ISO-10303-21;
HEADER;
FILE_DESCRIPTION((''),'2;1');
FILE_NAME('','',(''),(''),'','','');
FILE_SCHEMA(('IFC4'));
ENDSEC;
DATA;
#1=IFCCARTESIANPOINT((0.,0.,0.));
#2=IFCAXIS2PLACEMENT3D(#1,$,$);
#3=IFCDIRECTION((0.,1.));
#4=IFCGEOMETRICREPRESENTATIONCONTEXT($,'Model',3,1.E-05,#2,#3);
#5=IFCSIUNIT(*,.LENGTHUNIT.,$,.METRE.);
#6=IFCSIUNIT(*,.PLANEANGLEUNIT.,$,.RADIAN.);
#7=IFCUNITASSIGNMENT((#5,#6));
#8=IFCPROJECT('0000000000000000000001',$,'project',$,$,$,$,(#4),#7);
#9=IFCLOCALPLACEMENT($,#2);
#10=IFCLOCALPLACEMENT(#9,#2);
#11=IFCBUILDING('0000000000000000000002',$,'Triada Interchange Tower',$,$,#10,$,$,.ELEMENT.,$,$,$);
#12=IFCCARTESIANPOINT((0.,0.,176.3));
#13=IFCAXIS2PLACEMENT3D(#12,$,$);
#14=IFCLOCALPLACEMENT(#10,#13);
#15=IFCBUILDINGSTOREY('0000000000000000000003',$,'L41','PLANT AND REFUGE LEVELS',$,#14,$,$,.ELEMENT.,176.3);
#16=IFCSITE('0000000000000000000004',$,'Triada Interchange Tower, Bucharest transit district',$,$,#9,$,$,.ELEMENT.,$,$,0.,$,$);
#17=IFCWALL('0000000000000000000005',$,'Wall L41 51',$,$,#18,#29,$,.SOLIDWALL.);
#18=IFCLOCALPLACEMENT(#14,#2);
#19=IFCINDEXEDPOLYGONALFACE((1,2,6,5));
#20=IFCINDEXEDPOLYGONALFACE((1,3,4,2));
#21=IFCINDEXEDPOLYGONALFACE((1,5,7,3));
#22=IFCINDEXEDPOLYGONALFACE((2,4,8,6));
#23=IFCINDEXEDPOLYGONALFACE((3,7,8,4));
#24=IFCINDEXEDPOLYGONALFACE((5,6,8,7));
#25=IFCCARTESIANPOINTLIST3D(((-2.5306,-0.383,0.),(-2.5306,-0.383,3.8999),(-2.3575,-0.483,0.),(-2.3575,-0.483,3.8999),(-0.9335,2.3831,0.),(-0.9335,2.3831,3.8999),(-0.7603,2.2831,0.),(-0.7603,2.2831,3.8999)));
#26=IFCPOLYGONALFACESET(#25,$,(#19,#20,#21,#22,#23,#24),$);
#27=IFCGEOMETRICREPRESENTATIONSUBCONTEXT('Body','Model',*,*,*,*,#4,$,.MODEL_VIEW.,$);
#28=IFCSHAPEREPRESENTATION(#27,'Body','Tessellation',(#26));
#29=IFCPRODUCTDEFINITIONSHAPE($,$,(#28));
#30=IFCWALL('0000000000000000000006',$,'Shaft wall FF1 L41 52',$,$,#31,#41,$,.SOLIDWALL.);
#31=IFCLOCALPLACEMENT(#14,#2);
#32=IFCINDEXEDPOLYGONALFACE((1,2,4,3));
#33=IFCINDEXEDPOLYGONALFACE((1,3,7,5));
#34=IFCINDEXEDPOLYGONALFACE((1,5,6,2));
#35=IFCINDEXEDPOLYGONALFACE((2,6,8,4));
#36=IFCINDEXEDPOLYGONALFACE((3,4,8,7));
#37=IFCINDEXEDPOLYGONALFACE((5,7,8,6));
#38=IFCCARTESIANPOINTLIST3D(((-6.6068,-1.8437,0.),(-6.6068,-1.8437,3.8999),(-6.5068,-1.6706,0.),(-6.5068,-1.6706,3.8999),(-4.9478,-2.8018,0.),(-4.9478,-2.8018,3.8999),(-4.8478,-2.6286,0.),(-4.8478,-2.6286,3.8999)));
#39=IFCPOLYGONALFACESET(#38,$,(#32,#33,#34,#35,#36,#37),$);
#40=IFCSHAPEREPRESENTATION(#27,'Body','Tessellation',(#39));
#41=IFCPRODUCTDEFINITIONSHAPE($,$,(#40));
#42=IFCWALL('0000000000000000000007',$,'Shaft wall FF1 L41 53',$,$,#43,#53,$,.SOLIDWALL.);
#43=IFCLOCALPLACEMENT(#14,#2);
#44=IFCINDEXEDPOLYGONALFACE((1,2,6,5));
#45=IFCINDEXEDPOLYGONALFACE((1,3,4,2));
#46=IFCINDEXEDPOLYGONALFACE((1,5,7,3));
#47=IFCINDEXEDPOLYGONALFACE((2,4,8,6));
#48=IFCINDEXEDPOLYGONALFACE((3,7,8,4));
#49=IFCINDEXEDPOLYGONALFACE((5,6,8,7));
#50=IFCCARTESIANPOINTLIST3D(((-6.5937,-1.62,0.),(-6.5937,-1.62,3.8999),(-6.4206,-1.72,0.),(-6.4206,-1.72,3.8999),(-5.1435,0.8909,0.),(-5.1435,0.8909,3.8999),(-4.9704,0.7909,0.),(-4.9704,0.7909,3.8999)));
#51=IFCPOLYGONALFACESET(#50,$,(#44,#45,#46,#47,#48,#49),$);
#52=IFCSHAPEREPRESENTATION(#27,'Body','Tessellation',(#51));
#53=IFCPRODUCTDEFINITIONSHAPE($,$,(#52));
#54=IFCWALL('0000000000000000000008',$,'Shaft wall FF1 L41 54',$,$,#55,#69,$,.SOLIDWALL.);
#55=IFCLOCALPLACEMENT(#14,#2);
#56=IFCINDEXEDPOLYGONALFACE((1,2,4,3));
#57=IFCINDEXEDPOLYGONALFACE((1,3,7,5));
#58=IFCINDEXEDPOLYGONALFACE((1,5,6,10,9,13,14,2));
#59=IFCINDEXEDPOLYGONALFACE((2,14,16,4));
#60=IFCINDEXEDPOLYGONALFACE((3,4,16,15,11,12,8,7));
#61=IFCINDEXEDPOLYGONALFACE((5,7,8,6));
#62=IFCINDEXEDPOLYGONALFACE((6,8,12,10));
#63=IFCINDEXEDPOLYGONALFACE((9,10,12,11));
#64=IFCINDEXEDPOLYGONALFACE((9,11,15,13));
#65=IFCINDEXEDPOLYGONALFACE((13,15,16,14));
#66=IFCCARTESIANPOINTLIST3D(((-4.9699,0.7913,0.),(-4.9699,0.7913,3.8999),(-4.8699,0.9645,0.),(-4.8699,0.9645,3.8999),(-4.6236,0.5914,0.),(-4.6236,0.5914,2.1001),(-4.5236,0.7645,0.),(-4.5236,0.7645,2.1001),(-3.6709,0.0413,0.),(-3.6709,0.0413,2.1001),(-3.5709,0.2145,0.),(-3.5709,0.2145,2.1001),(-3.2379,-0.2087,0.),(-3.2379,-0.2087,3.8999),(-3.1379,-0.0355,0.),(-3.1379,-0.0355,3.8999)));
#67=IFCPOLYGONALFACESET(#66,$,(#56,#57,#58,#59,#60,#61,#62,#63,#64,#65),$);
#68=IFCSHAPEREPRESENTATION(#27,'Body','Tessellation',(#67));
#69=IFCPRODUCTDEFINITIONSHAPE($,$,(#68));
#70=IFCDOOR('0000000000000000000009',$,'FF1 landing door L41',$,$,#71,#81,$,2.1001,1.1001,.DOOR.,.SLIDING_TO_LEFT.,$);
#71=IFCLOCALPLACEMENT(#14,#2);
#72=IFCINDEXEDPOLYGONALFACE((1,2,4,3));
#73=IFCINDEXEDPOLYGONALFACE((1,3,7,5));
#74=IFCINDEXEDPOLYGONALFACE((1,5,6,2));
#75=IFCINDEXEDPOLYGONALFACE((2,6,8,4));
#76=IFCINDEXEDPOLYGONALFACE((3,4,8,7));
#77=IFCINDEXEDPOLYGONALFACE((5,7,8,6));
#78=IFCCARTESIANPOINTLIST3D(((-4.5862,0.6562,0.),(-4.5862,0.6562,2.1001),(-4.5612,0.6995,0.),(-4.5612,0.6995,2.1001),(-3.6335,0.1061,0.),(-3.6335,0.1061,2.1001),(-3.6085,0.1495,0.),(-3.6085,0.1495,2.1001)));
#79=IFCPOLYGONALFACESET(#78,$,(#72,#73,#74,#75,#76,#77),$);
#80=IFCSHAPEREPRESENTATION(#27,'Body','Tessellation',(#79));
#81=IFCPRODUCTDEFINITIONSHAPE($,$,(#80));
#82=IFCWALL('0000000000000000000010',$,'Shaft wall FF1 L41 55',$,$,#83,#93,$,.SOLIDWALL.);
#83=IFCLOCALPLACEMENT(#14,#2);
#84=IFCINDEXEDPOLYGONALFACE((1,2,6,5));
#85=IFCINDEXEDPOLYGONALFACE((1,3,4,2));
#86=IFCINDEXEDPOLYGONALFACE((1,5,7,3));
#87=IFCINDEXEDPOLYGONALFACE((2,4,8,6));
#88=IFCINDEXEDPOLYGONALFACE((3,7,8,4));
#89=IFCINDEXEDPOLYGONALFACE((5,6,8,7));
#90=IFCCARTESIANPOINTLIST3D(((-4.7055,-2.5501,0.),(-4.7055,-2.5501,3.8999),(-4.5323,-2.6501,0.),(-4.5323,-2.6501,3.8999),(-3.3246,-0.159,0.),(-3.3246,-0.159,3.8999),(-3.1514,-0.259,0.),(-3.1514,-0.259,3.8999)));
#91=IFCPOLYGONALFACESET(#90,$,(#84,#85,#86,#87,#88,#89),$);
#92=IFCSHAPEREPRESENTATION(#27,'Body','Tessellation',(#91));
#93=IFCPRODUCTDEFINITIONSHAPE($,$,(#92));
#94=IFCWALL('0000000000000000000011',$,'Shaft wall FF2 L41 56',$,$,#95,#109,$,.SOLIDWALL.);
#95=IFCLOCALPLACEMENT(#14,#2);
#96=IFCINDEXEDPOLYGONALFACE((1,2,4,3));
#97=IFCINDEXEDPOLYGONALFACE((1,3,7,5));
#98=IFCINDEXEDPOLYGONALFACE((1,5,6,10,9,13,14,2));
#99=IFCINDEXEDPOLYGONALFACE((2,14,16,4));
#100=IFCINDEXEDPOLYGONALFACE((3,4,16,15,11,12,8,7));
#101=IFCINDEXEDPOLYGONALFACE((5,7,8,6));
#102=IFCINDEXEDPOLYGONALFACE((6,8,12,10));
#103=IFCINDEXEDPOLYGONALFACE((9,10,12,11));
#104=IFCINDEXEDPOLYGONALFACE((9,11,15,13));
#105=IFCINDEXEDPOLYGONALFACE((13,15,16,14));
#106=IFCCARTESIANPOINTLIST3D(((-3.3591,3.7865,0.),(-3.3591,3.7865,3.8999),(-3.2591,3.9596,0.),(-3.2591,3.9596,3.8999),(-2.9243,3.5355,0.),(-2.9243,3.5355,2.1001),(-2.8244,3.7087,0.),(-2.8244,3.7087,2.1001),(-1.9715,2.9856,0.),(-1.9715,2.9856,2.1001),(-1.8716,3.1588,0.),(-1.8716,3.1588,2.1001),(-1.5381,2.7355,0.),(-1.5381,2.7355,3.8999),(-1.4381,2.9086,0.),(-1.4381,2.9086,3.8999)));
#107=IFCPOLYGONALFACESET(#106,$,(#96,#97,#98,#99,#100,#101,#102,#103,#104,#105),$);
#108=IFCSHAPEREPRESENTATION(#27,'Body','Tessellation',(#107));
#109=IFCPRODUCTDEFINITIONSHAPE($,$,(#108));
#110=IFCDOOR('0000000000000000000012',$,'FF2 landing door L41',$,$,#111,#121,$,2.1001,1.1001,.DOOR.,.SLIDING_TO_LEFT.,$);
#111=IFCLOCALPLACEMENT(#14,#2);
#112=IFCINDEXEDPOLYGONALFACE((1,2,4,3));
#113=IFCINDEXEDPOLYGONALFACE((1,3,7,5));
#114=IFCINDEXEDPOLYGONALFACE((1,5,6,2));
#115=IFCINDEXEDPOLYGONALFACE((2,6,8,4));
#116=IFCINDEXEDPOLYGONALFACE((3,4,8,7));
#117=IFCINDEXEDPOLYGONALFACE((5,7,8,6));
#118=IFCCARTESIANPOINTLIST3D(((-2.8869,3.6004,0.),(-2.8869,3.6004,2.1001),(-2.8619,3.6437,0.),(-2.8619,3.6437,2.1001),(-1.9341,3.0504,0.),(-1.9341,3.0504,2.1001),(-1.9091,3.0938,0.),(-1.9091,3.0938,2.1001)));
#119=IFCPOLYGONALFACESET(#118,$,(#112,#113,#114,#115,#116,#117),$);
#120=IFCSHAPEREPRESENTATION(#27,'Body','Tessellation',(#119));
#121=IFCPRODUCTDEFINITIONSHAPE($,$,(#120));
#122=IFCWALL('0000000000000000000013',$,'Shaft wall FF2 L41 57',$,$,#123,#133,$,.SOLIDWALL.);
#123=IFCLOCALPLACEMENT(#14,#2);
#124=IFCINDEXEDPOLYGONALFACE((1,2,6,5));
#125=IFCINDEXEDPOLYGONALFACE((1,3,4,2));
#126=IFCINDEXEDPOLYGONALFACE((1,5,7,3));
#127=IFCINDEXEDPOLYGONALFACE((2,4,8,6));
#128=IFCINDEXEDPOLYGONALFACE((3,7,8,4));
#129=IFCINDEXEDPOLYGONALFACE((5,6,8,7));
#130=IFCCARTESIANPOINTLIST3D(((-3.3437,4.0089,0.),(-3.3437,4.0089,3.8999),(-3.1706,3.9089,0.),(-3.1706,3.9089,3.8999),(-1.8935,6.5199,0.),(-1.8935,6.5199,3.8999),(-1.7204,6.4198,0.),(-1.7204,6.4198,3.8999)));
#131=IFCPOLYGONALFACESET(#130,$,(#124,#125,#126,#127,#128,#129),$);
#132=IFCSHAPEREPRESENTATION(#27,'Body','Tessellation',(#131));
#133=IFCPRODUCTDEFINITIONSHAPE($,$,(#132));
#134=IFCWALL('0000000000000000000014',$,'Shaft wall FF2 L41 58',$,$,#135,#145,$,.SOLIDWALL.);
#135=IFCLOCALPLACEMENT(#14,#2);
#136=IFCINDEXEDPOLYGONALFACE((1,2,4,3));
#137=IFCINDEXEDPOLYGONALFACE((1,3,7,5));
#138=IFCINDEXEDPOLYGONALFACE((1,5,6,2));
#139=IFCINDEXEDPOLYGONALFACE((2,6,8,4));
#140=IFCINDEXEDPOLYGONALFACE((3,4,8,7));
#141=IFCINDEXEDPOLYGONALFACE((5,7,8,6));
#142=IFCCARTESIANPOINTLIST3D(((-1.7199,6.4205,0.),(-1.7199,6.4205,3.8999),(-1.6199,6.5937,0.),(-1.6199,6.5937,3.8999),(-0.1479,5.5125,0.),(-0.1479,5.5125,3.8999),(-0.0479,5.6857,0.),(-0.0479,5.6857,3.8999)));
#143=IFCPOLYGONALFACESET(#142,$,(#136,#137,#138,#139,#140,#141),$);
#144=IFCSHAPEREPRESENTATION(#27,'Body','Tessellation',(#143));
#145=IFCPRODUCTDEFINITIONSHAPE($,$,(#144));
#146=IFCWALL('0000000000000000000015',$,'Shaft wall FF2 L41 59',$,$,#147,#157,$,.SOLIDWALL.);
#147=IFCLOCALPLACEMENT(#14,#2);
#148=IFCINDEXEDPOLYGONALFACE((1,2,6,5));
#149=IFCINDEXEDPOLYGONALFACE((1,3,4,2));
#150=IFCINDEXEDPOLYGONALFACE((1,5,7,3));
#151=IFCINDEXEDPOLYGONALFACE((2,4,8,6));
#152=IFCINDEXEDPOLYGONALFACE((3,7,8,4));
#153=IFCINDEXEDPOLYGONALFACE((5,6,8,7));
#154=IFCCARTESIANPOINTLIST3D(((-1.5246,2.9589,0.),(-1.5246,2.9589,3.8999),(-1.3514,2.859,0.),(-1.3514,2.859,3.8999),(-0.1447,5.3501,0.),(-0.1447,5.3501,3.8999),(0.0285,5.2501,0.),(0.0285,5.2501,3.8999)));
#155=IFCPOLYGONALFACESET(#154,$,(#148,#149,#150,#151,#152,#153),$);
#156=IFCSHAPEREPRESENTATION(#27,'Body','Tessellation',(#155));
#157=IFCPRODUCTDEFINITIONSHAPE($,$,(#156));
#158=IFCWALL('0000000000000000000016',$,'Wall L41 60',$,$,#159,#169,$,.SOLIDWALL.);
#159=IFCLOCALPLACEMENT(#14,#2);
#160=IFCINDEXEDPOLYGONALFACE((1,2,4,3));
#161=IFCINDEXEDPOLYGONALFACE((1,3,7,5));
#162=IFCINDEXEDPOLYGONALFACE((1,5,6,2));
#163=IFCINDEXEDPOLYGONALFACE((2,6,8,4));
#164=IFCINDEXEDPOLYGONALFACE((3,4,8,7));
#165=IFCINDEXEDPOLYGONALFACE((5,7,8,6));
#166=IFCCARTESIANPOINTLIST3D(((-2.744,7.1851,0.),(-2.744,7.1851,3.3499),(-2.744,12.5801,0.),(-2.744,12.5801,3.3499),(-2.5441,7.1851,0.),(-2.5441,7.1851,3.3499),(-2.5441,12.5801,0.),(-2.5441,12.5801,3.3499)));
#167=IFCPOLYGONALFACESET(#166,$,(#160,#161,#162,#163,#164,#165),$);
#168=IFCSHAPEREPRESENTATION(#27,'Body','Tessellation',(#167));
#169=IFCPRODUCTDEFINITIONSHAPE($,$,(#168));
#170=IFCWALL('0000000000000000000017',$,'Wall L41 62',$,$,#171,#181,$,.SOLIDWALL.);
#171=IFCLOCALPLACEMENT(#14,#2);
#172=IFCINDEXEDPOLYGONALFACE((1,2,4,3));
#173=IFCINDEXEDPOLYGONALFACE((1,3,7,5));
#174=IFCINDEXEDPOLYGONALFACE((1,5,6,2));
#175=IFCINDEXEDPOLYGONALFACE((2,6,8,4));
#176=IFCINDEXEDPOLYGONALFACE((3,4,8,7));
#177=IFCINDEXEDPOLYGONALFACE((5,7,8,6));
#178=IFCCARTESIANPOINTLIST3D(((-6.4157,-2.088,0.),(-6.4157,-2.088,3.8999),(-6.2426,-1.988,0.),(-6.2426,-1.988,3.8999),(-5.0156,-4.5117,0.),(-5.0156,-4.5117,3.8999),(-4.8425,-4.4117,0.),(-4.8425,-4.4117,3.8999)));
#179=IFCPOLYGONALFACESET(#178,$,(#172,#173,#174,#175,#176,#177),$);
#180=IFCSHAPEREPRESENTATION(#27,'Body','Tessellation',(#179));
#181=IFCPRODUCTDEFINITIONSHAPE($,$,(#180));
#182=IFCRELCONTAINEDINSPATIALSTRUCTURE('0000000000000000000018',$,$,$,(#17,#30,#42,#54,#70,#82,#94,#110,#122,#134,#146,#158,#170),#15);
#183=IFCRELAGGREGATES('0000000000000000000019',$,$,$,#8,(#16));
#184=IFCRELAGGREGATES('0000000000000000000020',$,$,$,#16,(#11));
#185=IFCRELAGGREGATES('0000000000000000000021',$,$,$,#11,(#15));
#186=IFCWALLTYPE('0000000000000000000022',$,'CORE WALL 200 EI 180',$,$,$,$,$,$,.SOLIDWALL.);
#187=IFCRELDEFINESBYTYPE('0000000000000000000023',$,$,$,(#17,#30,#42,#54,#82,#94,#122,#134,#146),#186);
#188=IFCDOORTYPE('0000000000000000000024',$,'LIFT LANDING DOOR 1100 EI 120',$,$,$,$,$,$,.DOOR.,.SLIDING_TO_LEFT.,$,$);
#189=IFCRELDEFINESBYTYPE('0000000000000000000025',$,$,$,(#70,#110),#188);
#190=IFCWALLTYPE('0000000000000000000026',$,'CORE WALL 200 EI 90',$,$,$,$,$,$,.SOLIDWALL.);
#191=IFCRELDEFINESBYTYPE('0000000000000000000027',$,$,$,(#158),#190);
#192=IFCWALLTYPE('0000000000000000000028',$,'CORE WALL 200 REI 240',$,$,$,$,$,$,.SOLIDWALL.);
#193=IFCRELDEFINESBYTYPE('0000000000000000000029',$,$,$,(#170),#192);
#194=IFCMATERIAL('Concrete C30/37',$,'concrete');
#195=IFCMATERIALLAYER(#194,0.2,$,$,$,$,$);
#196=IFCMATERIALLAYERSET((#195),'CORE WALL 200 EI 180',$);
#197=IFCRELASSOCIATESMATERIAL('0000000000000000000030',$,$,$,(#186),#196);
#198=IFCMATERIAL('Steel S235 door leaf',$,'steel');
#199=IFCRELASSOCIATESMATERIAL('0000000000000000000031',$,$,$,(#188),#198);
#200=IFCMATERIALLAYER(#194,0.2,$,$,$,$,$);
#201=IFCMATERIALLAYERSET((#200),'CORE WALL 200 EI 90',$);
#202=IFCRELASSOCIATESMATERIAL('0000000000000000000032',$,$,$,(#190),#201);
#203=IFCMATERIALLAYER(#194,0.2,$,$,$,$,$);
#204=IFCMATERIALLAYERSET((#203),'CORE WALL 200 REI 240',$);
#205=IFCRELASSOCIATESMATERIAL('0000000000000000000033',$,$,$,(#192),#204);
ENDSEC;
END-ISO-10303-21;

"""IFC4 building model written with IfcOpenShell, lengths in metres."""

from ifc_helpers import new_model, si_unit, direction, frame, frame_2d, origin, place, context, subcontext, project, spatial, rectangle, extrude, material, layer, layer_set, type_object, element, fill, save


model = new_model("IFC4")

# Units and contexts
model_context = context("Model", 3, precision=1e-05, world=origin(), true_north=direction((0.0, 1.0)))
body_context = subcontext(model_context, "Body", "Model", "MODEL_VIEW")
ifc_project = project(units=[si_unit("LENGTHUNIT", "METRE"), si_unit("PLANEANGLEUNIT", "RADIAN")], contexts=[model_context])

# Site, building, storey
site_placement = place(None, origin())
site = spatial("IfcSite", under=ifc_project, at=site_placement, Name="Triada Interchange Tower, Bucharest transit district", CompositionType="ELEMENT", RefElevation=0.0)
building_placement = place(site_placement, origin())
building = spatial("IfcBuilding", under=site, at=building_placement, Name="Triada Interchange Tower", CompositionType="ELEMENT")
storey_placement = place(building_placement, frame((0.0, 0.0, 176.3)))
storey = spatial("IfcBuildingStorey", under=building, at=storey_placement, Name="L41", Description="PLANT AND REFUGE LEVELS", CompositionType="ELEMENT", Elevation=176.3)

# Shared definitions
ifc_material_1 = material(Name="Concrete C30/37", Category="concrete")

# Shared definitions
ifc_layer_1 = layer(ifc_material_1, 0.2)
ifc_layer_set_1 = layer_set([ifc_layer_1], Name="CORE WALL 200 EI 180")
wall_type_1 = type_object("IfcWallType", Name="CORE WALL 200 EI 180", PredefinedType="SOLIDWALL", material=ifc_layer_set_1)
ifc_material_2 = material(Name="Steel S235 door leaf", Category="steel")
door_type_1 = type_object("IfcDoorType", Name="LIFT LANDING DOOR 1100 EI 120", OperationType="SLIDING_TO_LEFT", PredefinedType="DOOR", material=ifc_material_2)

# Walls
wall_1_placement = place(storey_placement, frame((-2.4441, -0.4331, 0.0), z_axis=(0.0, 0.0, 1.0), x_axis=(0.500036, 0.866005, 0.0)))
element("IfcWall", 1, at=wall_1_placement, inside=storey, type_object=wall_type_1, Name="Wall L41 51", PredefinedType="SOLIDWALL", context=body_context, shape_type="SweptSolid", body=[
    extrude(rectangle(XDim=3.1941, YDim=0.2, at=frame_2d((1.5972, 0.0))), origin(), (0.0, 0.0, 1.0), 3.8999),
])
wall_2_placement = place(storey_placement, frame((-6.5569, -1.7571, 0.0), z_axis=(0.0, 0.0, 1.0), x_axis=(0.865975, -0.500086, 0.0)))
element("IfcWall", 2, at=wall_2_placement, inside=storey, type_object=wall_type_1, Name="Shaft wall FF1 L41 52", PredefinedType="SOLIDWALL", context=body_context, shape_type="SweptSolid", body=[
    extrude(rectangle(XDim=1.9158, YDim=0.2, at=frame_2d((0.958, 0.0))), origin(), (0.0, 0.0, 1.0), 3.8999),
])
wall_3_placement = place(storey_placement, frame((-6.5071, -1.6699, 0.0), z_axis=(0.0, 0.0, 1.0), x_axis=(0.500123, 0.865954, 0.0)))
element("IfcWall", 3, at=wall_3_placement, inside=storey, type_object=wall_type_1, Name="Shaft wall FF1 L41 53", PredefinedType="SOLIDWALL", context=body_context, shape_type="SweptSolid", body=[
    extrude(rectangle(XDim=2.8997, YDim=0.2, at=frame_2d((1.4497, 0.0))), origin(), (0.0, 0.0, 1.0), 3.8999),
])

# Wall, opening, door
wall_4_placement = place(storey_placement, frame((-4.9199, 0.8779, 0.0), z_axis=(0.0, 0.0, 1.0), x_axis=(0.866011, -0.500025, 0.0)))
wall_4 = element("IfcWall", 4, at=wall_4_placement, inside=storey, type_object=wall_type_1, Name="Shaft wall FF1 L41 54", PredefinedType="SOLIDWALL", context=body_context, shape_type="SweptSolid", body=[
    extrude(rectangle(XDim=2.0, YDim=0.2, at=frame_2d((1.0, 0.0))), origin(), (0.0, 0.0, 1.0), 3.8999),
])
opening_1_placement = place(wall_4_placement, frame((0.3999, 0.0, 0.0)))
opening_1 = element("IfcOpeningElement", 5, at=opening_1_placement, cuts=wall_4, PredefinedType="OPENING", context=body_context, shape_type="SweptSolid", body=[
    extrude(rectangle(XDim=1.1001, YDim=2.1001, at=frame_2d((0.55, 1.05))), frame((0.0, 0.1099, 0.0), z_axis=(0.0, -1.0, 0.0), x_axis=(1.0, 0.0, 0.0)), (0.0, 0.0, 1.0), 0.22),
])
door_1_placement = place(opening_1_placement, origin())
door_1 = element("IfcDoor", 6, at=door_1_placement, inside=storey, type_object=door_type_1, Name="FF1 landing door L41", OperationType="SLIDING_TO_LEFT", OverallHeight=2.1001, OverallWidth=1.1001, PredefinedType="DOOR", context=body_context, shape_type="SweptSolid", body=[
    extrude(rectangle(XDim=1.1001, YDim=2.1001, at=frame_2d((0.55, 1.05))), frame((0.0, 0.0249, 0.0), z_axis=(0.0, -1.0, 0.0), x_axis=(1.0, 0.0, 0.0)), (0.0, 0.0, 1.0), 0.05),
])
fill(opening_1, door_1)

# Wall
wall_5_placement = place(storey_placement, frame((-4.6189, -2.6001, 0.0), z_axis=(0.0, 0.0, 1.0), x_axis=(0.500095, 0.865971, 0.0)))
element("IfcWall", 7, at=wall_5_placement, inside=storey, type_object=wall_type_1, Name="Shaft wall FF1 L41 55", PredefinedType="SOLIDWALL", context=body_context, shape_type="SweptSolid", body=[
    extrude(rectangle(XDim=2.7612, YDim=0.2, at=frame_2d((1.3806, 0.0))), origin(), (0.0, 0.0, 1.0), 3.8999),
])

# Wall, opening, door
wall_6_placement = place(storey_placement, frame((-3.3091, 3.873, 0.0), z_axis=(0.0, 0.0, 1.0), x_axis=(0.866099, -0.499873, 0.0)))
wall_6 = element("IfcWall", 8, at=wall_6_placement, inside=storey, type_object=wall_type_1, Name="Shaft wall FF2 L41 56", PredefinedType="SOLIDWALL", context=body_context, shape_type="SweptSolid", body=[
    extrude(rectangle(XDim=2.1025, YDim=0.2, at=frame_2d((1.0513, 0.0))), origin(), (0.0, 0.0, 1.0), 3.8999),
])
opening_2_placement = place(wall_6_placement, frame((0.502, 0.0, 0.0)))
opening_2 = element("IfcOpeningElement", 9, at=opening_2_placement, cuts=wall_6, PredefinedType="OPENING", context=body_context, shape_type="SweptSolid", body=[
    extrude(rectangle(XDim=1.1001, YDim=2.1001, at=frame_2d((0.55, 1.05))), frame((0.0, 0.1099, 0.0), z_axis=(0.0, -1.0, 0.0), x_axis=(1.0, 0.0, 0.0)), (0.0, 0.0, 1.0), 0.22),
])
door_2_placement = place(opening_2_placement, origin())
door_2 = element("IfcDoor", 10, at=door_2_placement, inside=storey, type_object=door_type_1, Name="FF2 landing door L41", OperationType="SLIDING_TO_LEFT", OverallHeight=2.1001, OverallWidth=1.1001, PredefinedType="DOOR", context=body_context, shape_type="SweptSolid", body=[
    extrude(rectangle(XDim=1.1001, YDim=2.1001, at=frame_2d((0.55, 1.05))), frame((0.0, 0.0249, 0.0), z_axis=(0.0, -1.0, 0.0), x_axis=(1.0, 0.0, 0.0)), (0.0, 0.0, 1.0), 0.05),
])
fill(opening_2, door_2)

# Walls
wall_7_placement = place(storey_placement, frame((-3.2571, 3.959, 0.0), z_axis=(0.0, 0.0, 1.0), x_axis=(0.500123, 0.865954, 0.0)))
element("IfcWall", 11, at=wall_7_placement, inside=storey, type_object=wall_type_1, Name="Shaft wall FF2 L41 57", PredefinedType="SOLIDWALL", context=body_context, shape_type="SweptSolid", body=[
    extrude(rectangle(XDim=2.8997, YDim=0.2, at=frame_2d((1.4497, 0.0))), origin(), (0.0, 0.0, 1.0), 3.8999),
])
wall_8_placement = place(storey_placement, frame((-1.6699, 6.5071, 0.0), z_axis=(0.0, 0.0, 1.0), x_axis=(0.865941, -0.500145, 0.0)))
element("IfcWall", 12, at=wall_8_placement, inside=storey, type_object=wall_type_1, Name="Shaft wall FF2 L41 58", PredefinedType="SOLIDWALL", context=body_context, shape_type="SweptSolid", body=[
    extrude(rectangle(XDim=1.8154, YDim=0.2, at=frame_2d((0.9077, 0.0))), origin(), (0.0, 0.0, 1.0), 3.8999),
])
wall_9_placement = place(storey_placement, frame((-1.438, 2.9089, 0.0), z_axis=(0.0, 0.0, 1.0), x_axis=(0.49983, 0.866124, 0.0)))
element("IfcWall", 13, at=wall_9_placement, inside=storey, type_object=wall_type_1, Name="Shaft wall FF2 L41 59", PredefinedType="SOLIDWALL", context=body_context, shape_type="SweptSolid", body=[
    extrude(rectangle(XDim=2.7607, YDim=0.2, at=frame_2d((1.3804, 0.0))), origin(), (0.0, 0.0, 1.0), 3.8999),
])
ifc_layer_2 = layer(ifc_material_1, 0.2)
ifc_layer_set_2 = layer_set([ifc_layer_2], Name="CORE WALL 200 EI 90")
wall_type_2 = type_object("IfcWallType", Name="CORE WALL 200 EI 90", PredefinedType="SOLIDWALL", material=ifc_layer_set_2)
wall_10_placement = place(storey_placement, frame((-2.644, 7.1851, 0.0), z_axis=(0.0, 0.0, 1.0), x_axis=(0.0, 1.0, 0.0)))
element("IfcWall", 14, at=wall_10_placement, inside=storey, type_object=wall_type_2, Name="Wall L41 60", PredefinedType="SOLIDWALL", context=body_context, shape_type="SweptSolid", body=[
    extrude(rectangle(XDim=5.395, YDim=0.2, at=frame_2d((2.6975, 0.0))), origin(), (0.0, 0.0, 1.0), 3.3499),
])
ifc_layer_3 = layer(ifc_material_1, 0.2)
ifc_layer_set_3 = layer_set([ifc_layer_3], Name="CORE WALL 200 REI 240")
wall_type_3 = type_object("IfcWallType", Name="CORE WALL 200 REI 240", PredefinedType="SOLIDWALL", material=ifc_layer_set_3)
wall_11_placement = place(storey_placement, frame((-6.3291, -2.0381, 0.0), z_axis=(0.0, 0.0, 1.0), x_axis=(0.500201, -0.86591, 0.0)))
element("IfcWall", 15, at=wall_11_placement, inside=storey, type_object=wall_type_3, Name="Wall L41 62", PredefinedType="SOLIDWALL", context=body_context, shape_type="SweptSolid", body=[
    extrude(rectangle(XDim=2.7991, YDim=0.2, at=frame_2d((1.3994, 0.0))), origin(), (0.0, 0.0, 1.0), 3.8999),
])

save(model, "model.ifc")
